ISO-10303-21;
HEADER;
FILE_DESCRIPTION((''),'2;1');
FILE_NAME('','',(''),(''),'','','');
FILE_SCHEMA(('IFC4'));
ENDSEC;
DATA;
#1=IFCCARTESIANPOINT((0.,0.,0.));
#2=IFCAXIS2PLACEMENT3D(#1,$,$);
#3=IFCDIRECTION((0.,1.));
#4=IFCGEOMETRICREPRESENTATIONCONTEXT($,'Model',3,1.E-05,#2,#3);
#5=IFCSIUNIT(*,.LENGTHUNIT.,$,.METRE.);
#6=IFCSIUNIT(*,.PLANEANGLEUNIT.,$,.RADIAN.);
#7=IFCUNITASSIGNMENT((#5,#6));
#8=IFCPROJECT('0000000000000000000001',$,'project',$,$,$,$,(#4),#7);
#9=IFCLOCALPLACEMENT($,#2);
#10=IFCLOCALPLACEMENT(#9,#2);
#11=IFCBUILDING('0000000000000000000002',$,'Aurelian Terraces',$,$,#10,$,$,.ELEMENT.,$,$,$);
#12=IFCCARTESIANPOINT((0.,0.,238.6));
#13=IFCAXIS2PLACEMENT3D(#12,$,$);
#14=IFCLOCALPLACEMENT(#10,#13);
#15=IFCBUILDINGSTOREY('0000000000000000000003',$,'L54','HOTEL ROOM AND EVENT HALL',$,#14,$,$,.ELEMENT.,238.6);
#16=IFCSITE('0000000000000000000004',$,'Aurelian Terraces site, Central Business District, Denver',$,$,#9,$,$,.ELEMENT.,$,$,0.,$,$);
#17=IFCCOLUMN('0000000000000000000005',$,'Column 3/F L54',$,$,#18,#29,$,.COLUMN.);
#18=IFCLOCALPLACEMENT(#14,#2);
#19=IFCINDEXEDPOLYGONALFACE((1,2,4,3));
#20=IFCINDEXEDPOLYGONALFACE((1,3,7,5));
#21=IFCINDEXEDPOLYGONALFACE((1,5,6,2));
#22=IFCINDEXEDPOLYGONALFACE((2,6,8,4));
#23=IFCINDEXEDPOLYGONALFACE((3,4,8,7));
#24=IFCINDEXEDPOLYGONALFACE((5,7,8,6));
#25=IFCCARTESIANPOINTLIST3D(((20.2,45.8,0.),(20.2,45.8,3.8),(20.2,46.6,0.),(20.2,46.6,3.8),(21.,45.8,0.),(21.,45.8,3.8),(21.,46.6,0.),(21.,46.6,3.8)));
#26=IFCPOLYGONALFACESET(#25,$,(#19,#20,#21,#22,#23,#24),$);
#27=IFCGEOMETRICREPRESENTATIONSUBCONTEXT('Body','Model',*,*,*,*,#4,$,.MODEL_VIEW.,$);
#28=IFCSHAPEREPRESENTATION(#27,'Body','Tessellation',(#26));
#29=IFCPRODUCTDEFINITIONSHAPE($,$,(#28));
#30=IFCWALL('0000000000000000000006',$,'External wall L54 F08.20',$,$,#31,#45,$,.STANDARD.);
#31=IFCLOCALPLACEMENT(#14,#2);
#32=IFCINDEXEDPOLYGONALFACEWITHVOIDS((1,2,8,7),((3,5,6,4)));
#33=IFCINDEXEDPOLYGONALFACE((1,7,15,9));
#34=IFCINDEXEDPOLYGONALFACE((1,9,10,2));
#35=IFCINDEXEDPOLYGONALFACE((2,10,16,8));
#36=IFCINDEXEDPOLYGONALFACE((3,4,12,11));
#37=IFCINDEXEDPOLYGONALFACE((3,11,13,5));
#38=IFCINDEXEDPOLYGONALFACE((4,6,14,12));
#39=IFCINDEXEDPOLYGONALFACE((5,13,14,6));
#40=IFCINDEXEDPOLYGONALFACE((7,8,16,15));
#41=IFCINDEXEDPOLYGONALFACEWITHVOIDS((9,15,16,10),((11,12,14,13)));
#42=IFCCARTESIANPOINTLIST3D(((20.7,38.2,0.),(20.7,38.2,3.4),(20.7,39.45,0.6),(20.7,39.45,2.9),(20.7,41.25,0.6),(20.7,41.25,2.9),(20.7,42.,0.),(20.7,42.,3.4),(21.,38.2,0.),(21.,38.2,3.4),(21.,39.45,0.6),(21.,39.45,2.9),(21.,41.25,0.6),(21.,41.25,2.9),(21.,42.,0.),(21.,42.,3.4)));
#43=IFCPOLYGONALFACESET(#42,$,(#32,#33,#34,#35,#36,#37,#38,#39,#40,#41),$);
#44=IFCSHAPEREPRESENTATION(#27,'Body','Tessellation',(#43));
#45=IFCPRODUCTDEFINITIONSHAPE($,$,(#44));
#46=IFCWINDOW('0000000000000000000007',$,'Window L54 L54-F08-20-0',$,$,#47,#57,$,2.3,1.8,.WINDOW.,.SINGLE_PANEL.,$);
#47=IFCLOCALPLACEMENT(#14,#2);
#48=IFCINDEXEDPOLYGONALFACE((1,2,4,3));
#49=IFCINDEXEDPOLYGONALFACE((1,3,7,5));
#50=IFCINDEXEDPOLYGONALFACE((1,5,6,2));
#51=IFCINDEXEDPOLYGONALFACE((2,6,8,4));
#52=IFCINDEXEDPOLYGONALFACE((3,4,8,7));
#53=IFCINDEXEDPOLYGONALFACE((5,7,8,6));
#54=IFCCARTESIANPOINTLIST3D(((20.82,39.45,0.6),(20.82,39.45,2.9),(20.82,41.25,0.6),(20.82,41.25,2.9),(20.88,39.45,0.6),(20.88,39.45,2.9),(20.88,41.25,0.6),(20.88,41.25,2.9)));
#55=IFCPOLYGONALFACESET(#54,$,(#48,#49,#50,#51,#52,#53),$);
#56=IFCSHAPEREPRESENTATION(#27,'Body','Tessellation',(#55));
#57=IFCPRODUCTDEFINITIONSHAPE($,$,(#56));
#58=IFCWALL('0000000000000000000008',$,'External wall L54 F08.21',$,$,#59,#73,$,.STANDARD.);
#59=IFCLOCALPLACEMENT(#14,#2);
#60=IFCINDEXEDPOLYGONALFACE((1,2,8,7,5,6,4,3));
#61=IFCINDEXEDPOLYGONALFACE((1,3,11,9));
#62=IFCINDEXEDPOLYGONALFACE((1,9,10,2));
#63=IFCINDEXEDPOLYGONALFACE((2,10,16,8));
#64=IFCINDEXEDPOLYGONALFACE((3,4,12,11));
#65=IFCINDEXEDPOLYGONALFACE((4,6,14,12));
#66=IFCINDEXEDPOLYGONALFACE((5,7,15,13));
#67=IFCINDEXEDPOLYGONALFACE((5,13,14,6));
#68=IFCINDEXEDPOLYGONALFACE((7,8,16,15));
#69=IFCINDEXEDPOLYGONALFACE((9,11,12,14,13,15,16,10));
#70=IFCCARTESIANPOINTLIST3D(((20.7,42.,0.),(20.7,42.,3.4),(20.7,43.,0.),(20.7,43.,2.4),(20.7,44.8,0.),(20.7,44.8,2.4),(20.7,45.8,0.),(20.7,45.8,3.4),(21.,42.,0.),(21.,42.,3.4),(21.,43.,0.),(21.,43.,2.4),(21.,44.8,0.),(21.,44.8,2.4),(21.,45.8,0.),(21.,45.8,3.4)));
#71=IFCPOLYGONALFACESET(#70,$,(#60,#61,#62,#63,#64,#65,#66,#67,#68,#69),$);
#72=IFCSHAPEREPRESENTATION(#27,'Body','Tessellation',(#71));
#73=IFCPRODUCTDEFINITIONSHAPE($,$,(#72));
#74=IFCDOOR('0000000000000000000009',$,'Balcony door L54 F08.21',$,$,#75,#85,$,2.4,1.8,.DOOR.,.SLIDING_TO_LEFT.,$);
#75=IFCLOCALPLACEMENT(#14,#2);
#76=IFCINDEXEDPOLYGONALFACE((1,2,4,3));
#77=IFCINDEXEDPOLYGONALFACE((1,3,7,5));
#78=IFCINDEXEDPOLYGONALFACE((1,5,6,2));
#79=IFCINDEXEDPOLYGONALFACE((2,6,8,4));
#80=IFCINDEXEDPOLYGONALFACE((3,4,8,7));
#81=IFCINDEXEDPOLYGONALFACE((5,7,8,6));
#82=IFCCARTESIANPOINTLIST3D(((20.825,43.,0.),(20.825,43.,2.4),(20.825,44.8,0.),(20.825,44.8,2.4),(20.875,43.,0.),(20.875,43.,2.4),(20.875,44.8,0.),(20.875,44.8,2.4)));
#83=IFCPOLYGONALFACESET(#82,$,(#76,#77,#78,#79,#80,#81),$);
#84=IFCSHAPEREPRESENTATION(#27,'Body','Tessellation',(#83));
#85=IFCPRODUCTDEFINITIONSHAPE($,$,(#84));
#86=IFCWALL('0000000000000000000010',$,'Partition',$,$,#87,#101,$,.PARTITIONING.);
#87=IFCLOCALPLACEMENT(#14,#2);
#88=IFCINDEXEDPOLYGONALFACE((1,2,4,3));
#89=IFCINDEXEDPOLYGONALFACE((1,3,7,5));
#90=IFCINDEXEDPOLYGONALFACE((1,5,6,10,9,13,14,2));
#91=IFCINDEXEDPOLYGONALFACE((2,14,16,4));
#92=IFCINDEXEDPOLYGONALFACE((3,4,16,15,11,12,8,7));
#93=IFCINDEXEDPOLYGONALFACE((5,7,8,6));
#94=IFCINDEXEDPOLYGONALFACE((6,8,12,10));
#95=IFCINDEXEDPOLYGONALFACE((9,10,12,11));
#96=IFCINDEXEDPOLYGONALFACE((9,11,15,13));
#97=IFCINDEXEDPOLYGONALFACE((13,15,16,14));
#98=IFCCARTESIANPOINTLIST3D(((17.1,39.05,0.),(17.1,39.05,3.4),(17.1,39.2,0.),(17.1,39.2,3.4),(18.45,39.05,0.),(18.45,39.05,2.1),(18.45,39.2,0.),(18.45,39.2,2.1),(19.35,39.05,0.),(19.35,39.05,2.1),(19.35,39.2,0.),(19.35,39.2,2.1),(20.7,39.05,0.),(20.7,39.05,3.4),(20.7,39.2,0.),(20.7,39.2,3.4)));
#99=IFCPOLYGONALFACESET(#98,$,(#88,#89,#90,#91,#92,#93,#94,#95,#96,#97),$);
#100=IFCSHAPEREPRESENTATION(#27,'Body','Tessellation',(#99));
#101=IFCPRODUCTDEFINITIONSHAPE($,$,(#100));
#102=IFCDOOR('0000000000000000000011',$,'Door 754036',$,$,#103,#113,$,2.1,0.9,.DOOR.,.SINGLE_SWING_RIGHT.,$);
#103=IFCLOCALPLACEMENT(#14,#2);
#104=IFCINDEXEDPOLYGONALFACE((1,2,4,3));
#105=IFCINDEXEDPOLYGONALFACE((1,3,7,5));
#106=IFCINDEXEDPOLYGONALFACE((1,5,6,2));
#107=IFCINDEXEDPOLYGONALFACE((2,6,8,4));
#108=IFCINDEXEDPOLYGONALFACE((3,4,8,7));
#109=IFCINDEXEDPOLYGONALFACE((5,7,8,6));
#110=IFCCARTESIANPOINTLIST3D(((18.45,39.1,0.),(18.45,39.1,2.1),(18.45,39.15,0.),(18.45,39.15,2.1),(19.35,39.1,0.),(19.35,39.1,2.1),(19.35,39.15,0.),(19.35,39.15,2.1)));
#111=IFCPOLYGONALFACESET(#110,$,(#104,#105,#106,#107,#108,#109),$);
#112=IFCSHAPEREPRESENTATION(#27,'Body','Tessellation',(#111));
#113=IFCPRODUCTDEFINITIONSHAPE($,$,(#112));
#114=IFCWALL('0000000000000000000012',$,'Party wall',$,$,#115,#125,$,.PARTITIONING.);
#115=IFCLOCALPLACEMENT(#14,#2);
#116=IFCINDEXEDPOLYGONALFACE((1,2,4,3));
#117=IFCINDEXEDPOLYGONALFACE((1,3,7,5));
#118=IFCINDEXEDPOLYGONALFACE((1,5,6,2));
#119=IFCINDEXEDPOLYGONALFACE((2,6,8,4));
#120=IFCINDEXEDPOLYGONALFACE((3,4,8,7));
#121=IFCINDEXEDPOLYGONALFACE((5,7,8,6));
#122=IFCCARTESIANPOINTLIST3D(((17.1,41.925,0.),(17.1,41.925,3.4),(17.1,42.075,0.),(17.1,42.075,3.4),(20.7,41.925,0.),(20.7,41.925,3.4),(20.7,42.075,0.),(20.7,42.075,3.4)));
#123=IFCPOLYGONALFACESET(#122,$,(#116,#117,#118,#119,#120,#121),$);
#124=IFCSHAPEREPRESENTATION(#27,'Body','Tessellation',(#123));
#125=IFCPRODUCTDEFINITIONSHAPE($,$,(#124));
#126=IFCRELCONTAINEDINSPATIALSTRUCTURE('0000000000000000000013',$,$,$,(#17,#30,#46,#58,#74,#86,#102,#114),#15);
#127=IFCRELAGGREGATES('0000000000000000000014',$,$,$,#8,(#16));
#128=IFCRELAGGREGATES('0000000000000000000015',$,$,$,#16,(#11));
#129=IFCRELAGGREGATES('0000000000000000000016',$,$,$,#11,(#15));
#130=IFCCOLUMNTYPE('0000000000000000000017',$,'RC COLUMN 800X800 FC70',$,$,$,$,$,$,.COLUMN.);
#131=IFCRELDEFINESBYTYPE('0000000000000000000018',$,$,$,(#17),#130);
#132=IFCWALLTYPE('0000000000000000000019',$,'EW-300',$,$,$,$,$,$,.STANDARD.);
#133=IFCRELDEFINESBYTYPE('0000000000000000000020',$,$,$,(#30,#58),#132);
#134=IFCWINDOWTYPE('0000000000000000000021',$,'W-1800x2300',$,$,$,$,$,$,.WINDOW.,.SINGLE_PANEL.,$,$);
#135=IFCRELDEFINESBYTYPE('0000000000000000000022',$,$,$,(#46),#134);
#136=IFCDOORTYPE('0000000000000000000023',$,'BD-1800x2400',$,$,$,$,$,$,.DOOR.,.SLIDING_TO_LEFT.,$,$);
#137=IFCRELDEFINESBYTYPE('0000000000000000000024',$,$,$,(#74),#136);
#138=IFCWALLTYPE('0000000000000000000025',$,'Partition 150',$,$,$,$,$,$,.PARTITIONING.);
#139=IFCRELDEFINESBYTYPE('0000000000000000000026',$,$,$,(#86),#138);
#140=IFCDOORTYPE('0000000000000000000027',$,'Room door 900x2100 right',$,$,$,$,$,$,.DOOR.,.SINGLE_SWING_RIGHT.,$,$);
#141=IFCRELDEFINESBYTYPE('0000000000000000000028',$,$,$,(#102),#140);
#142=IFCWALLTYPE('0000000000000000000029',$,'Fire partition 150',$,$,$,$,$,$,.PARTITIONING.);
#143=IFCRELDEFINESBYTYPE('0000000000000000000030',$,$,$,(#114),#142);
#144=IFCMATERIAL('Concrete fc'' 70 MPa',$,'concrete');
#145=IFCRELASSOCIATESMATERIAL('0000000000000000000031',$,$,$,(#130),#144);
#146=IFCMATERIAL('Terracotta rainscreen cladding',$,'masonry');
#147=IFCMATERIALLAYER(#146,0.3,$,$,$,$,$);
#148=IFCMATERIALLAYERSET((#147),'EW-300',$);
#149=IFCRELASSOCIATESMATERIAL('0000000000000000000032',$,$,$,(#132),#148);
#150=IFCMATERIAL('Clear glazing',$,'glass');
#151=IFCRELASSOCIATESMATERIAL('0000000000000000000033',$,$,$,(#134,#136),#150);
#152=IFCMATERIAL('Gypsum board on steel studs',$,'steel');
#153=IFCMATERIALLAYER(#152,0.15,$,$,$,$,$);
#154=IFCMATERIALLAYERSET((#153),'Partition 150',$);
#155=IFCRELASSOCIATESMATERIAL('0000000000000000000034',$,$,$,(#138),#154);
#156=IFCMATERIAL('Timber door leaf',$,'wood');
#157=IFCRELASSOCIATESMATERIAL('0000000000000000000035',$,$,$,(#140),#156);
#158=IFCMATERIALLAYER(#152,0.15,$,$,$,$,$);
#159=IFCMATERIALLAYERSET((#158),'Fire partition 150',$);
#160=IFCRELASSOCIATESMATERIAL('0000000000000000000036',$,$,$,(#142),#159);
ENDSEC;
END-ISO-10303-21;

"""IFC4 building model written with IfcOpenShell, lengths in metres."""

from ifc_helpers import new_model, si_unit, direction, frame, frame_2d, origin, origin_2d, place, context, subcontext, project, spatial, rectangle, extrude, source, transform, mapped, material, layer, layer_set, material_profile, profile_set, type_object, element, fill, save


model = new_model("IFC4")

# Units and contexts
model_context = context("Model", 3, precision=1e-05, world=origin(), true_north=direction((0.0, 1.0)))
body_context = subcontext(model_context, "Body", "Model", "MODEL_VIEW")
ifc_project = project(units=[si_unit("LENGTHUNIT", "METRE"), si_unit("PLANEANGLEUNIT", "RADIAN")], contexts=[model_context])

# Site, building, storey
site_placement = place(None, origin())
site = spatial("IfcSite", under=ifc_project, at=site_placement, Name="Aurelian Terraces site, Central Business District, Denver", CompositionType="ELEMENT", RefElevation=0.0)
building_placement = place(site_placement, origin())
building = spatial("IfcBuilding", under=site, at=building_placement, Name="Aurelian Terraces", CompositionType="ELEMENT")
storey_placement = place(building_placement, frame((0.0, 0.0, 238.6)))
storey = spatial("IfcBuildingStorey", under=building, at=storey_placement, Name="L54", Description="HOTEL ROOM AND EVENT HALL", CompositionType="ELEMENT", Elevation=238.6)

# Column
ifc_material_1 = material(Name="Concrete fc' 70 MPa", Category="concrete")
ifc_material_profile = material_profile(ifc_material_1, rectangle(XDim=0.8, YDim=0.8, at=origin_2d()))
ifc_profile_set = profile_set([ifc_material_profile], Name="Concrete fc' 70 MPa")
column_type = type_object("IfcColumnType", Name="RC COLUMN 800X800 FC70", PredefinedType="COLUMN", material=ifc_profile_set)
shared_shape_1 = source(origin(), body_context, "Body", "SweptSolid", [
    extrude(rectangle(XDim=0.8, YDim=0.8, at=origin_2d()), origin(), (0.0, 0.0, 1.0), 3.8),
])
column_placement = place(storey_placement, frame((20.6, 46.2, 0.0), z_axis=(0.0, 0.0, 1.0), x_axis=(1.0, 0.0, 0.0)))
element("IfcColumn", 1, at=column_placement, inside=storey, type_object=column_type, Name="Column 3/F L54", PredefinedType="COLUMN", context=body_context, shape_type="MappedRepresentation", body=[
    mapped(shared_shape_1, transform((0.0, 0.0, 0.0), scale=1.0)),
])

# Wall, opening, window
ifc_material_2 = material(Name="Terracotta rainscreen cladding", Category="masonry")
ifc_layer_1 = layer(ifc_material_2, 0.3)
ifc_layer_set_1 = layer_set([ifc_layer_1], Name="EW-300")
wall_type_1 = type_object("IfcWallType", Name="EW-300", PredefinedType="STANDARD", material=ifc_layer_set_1)
wall_1_placement = place(storey_placement, frame((20.85, 38.2, 0.0), z_axis=(0.0, 0.0, 1.0), x_axis=(0.0, 1.0, 0.0)))
wall_1 = element("IfcWall", 2, at=wall_1_placement, inside=storey, type_object=wall_type_1, Name="External wall L54 F08.20", PredefinedType="STANDARD", context=body_context, shape_type="SweptSolid", body=[
    extrude(rectangle(XDim=3.8, YDim=0.3, at=frame_2d((1.9, 0.0))), origin(), (0.0, 0.0, 1.0), 3.4),
])
shared_shape_2 = source(origin(), body_context, "Body", "SweptSolid", [
    extrude(rectangle(XDim=1.8, YDim=2.3, at=frame_2d((0.9, 1.15))), frame((0.0, 0.16, 0.0), z_axis=(0.0, -1.0, 0.0), x_axis=(1.0, 0.0, 0.0)), (0.0, 0.0, 1.0), 0.32),
])
opening_1_placement = place(wall_1_placement, frame((1.25, 0.0, 0.6)))
opening_1 = element("IfcOpeningElement", 3, at=opening_1_placement, cuts=wall_1, PredefinedType="OPENING", context=body_context, shape_type="MappedRepresentation", body=[
    mapped(shared_shape_2, transform((0.0, 0.0, 0.0), scale=1.0)),
])
ifc_material_3 = material(Name="Clear glazing", Category="glass")
window_type = type_object("IfcWindowType", Name="W-1800x2300", PartitioningType="SINGLE_PANEL", PredefinedType="WINDOW", material=ifc_material_3)
shared_shape_3 = source(origin(), body_context, "Body", "SweptSolid", [
    extrude(rectangle(XDim=1.8, YDim=2.3, at=frame_2d((0.9, 1.15))), frame((0.0, 0.03, 0.0), z_axis=(0.0, -1.0, 0.0), x_axis=(1.0, 0.0, 0.0)), (0.0, 0.0, 1.0), 0.06),
])
window_placement = place(opening_1_placement, origin())
window = element("IfcWindow", 4, at=window_placement, inside=storey, type_object=window_type, Name="Window L54 L54-F08-20-0", OverallHeight=2.3, OverallWidth=1.8, PartitioningType="SINGLE_PANEL", PredefinedType="WINDOW", context=body_context, shape_type="MappedRepresentation", body=[
    mapped(shared_shape_3, transform((0.0, 0.0, 0.0), scale=1.0)),
])
fill(opening_1, window)

# Walls, openings, doors
shared_shape_4 = source(origin(), body_context, "Body", "SweptSolid", [
    extrude(rectangle(XDim=3.8, YDim=0.3, at=frame_2d((1.9, 0.0))), origin(), (0.0, 0.0, 1.0), 3.4),
])
wall_2_placement = place(storey_placement, frame((20.85, 42.0, 0.0), z_axis=(0.0, 0.0, 1.0), x_axis=(0.0, 1.0, 0.0)))
wall_2 = element("IfcWall", 5, at=wall_2_placement, inside=storey, type_object=wall_type_1, Name="External wall L54 F08.21", PredefinedType="STANDARD", context=body_context, shape_type="MappedRepresentation", body=[
    mapped(shared_shape_4, transform((0.0, 0.0, 0.0), scale=1.0)),
])
shared_shape_5 = source(origin(), body_context, "Body", "SweptSolid", [
    extrude(rectangle(XDim=1.8, YDim=2.4, at=frame_2d((0.9, 1.2))), frame((0.0, 0.16, 0.0), z_axis=(0.0, -1.0, 0.0), x_axis=(1.0, 0.0, 0.0)), (0.0, 0.0, 1.0), 0.32),
])
opening_2_placement = place(wall_2_placement, frame((1.0, 0.0, 0.0)))
opening_2 = element("IfcOpeningElement", 6, at=opening_2_placement, cuts=wall_2, PredefinedType="OPENING", context=body_context, shape_type="MappedRepresentation", body=[
    mapped(shared_shape_5, transform((0.0, 0.0, 0.0), scale=1.0)),
])
door_type_1 = type_object("IfcDoorType", Name="BD-1800x2400", OperationType="SLIDING_TO_LEFT", PredefinedType="DOOR", material=ifc_material_3)
shared_shape_6 = source(origin(), body_context, "Body", "SweptSolid", [
    extrude(rectangle(XDim=1.8, YDim=2.4, at=frame_2d((0.9, 1.2))), frame((0.0, 0.025, 0.0), z_axis=(0.0, -1.0, 0.0), x_axis=(1.0, 0.0, 0.0)), (0.0, 0.0, 1.0), 0.05),
])
door_1_placement = place(opening_2_placement, origin())
door_1 = element("IfcDoor", 7, at=door_1_placement, inside=storey, type_object=door_type_1, Name="Balcony door L54 F08.21", OperationType="SLIDING_TO_LEFT", OverallHeight=2.4, OverallWidth=1.8, PredefinedType="DOOR", context=body_context, shape_type="MappedRepresentation", body=[
    mapped(shared_shape_6, transform((0.0, 0.0, 0.0), scale=1.0)),
])
fill(opening_2, door_1)
ifc_material_4 = material(Name="Gypsum board on steel studs", Category="steel")
ifc_layer_2 = layer(ifc_material_4, 0.15)
ifc_layer_set_2 = layer_set([ifc_layer_2], Name="Partition 150")
wall_type_2 = type_object("IfcWallType", Name="Partition 150", PredefinedType="PARTITIONING", material=ifc_layer_set_2)
shared_shape_7 = source(origin(), body_context, "Body", "SweptSolid", [
    extrude(rectangle(XDim=3.6, YDim=0.15, at=frame_2d((1.8, 0.0))), origin(), (0.0, 0.0, 1.0), 3.4),
])
wall_3_placement = place(storey_placement, frame((17.1, 39.125, 0.0), z_axis=(0.0, 0.0, 1.0), x_axis=(1.0, 0.0, 0.0)))
wall_3 = element("IfcWall", 8, at=wall_3_placement, inside=storey, type_object=wall_type_2, Name="Partition", PredefinedType="PARTITIONING", context=body_context, shape_type="MappedRepresentation", body=[
    mapped(shared_shape_7, transform((0.0, 0.0, 0.0), scale=1.0)),
])
shared_shape_8 = source(origin(), body_context, "Body", "SweptSolid", [
    extrude(rectangle(XDim=0.9, YDim=2.1, at=frame_2d((0.45, 1.05))), frame((0.0, 0.085, 0.0), z_axis=(0.0, -1.0, 0.0), x_axis=(1.0, 0.0, 0.0)), (0.0, 0.0, 1.0), 0.17),
])
opening_3_placement = place(wall_3_placement, frame((1.35, 0.0, 0.0)))
opening_3 = element("IfcOpeningElement", 9, at=opening_3_placement, cuts=wall_3, PredefinedType="OPENING", context=body_context, shape_type="MappedRepresentation", body=[
    mapped(shared_shape_8, transform((0.0, 0.0, 0.0), scale=1.0)),
])
ifc_material_5 = material(Name="Timber door leaf", Category="wood")
door_type_2 = type_object("IfcDoorType", Name="Room door 900x2100 right", OperationType="SINGLE_SWING_RIGHT", PredefinedType="DOOR", material=ifc_material_5)
shared_shape_9 = source(origin(), body_context, "Body", "SweptSolid", [
    extrude(rectangle(XDim=0.9, YDim=2.1, at=frame_2d((0.45, 1.05))), frame((0.0, 0.025, 0.0), z_axis=(0.0, -1.0, 0.0), x_axis=(1.0, 0.0, 0.0)), (0.0, 0.0, 1.0), 0.05),
])
door_2_placement = place(opening_3_placement, origin())
door_2 = element("IfcDoor", 10, at=door_2_placement, inside=storey, type_object=door_type_2, Name="Door 754036", OperationType="SINGLE_SWING_RIGHT", OverallHeight=2.1, OverallWidth=0.9, PredefinedType="DOOR", context=body_context, shape_type="MappedRepresentation", body=[
    mapped(shared_shape_9, transform((0.0, 0.0, 0.0), scale=1.0)),
])
fill(opening_3, door_2)

# Wall
ifc_layer_3 = layer(ifc_material_4, 0.15)
ifc_layer_set_3 = layer_set([ifc_layer_3], Name="Fire partition 150")
wall_type_3 = type_object("IfcWallType", Name="Fire partition 150", PredefinedType="PARTITIONING", material=ifc_layer_set_3)
wall_4_placement = place(storey_placement, frame((20.7, 42.0, 0.0), z_axis=(0.0, 0.0, 1.0), x_axis=(-1.0, 0.0, 0.0)))
element("IfcWall", 11, at=wall_4_placement, inside=storey, type_object=wall_type_3, Name="Party wall", PredefinedType="PARTITIONING", context=body_context, shape_type="MappedRepresentation", body=[
    mapped(shared_shape_7, transform((0.0, 0.0, 0.0), scale=1.0)),
])

save(model, "model.ifc")
